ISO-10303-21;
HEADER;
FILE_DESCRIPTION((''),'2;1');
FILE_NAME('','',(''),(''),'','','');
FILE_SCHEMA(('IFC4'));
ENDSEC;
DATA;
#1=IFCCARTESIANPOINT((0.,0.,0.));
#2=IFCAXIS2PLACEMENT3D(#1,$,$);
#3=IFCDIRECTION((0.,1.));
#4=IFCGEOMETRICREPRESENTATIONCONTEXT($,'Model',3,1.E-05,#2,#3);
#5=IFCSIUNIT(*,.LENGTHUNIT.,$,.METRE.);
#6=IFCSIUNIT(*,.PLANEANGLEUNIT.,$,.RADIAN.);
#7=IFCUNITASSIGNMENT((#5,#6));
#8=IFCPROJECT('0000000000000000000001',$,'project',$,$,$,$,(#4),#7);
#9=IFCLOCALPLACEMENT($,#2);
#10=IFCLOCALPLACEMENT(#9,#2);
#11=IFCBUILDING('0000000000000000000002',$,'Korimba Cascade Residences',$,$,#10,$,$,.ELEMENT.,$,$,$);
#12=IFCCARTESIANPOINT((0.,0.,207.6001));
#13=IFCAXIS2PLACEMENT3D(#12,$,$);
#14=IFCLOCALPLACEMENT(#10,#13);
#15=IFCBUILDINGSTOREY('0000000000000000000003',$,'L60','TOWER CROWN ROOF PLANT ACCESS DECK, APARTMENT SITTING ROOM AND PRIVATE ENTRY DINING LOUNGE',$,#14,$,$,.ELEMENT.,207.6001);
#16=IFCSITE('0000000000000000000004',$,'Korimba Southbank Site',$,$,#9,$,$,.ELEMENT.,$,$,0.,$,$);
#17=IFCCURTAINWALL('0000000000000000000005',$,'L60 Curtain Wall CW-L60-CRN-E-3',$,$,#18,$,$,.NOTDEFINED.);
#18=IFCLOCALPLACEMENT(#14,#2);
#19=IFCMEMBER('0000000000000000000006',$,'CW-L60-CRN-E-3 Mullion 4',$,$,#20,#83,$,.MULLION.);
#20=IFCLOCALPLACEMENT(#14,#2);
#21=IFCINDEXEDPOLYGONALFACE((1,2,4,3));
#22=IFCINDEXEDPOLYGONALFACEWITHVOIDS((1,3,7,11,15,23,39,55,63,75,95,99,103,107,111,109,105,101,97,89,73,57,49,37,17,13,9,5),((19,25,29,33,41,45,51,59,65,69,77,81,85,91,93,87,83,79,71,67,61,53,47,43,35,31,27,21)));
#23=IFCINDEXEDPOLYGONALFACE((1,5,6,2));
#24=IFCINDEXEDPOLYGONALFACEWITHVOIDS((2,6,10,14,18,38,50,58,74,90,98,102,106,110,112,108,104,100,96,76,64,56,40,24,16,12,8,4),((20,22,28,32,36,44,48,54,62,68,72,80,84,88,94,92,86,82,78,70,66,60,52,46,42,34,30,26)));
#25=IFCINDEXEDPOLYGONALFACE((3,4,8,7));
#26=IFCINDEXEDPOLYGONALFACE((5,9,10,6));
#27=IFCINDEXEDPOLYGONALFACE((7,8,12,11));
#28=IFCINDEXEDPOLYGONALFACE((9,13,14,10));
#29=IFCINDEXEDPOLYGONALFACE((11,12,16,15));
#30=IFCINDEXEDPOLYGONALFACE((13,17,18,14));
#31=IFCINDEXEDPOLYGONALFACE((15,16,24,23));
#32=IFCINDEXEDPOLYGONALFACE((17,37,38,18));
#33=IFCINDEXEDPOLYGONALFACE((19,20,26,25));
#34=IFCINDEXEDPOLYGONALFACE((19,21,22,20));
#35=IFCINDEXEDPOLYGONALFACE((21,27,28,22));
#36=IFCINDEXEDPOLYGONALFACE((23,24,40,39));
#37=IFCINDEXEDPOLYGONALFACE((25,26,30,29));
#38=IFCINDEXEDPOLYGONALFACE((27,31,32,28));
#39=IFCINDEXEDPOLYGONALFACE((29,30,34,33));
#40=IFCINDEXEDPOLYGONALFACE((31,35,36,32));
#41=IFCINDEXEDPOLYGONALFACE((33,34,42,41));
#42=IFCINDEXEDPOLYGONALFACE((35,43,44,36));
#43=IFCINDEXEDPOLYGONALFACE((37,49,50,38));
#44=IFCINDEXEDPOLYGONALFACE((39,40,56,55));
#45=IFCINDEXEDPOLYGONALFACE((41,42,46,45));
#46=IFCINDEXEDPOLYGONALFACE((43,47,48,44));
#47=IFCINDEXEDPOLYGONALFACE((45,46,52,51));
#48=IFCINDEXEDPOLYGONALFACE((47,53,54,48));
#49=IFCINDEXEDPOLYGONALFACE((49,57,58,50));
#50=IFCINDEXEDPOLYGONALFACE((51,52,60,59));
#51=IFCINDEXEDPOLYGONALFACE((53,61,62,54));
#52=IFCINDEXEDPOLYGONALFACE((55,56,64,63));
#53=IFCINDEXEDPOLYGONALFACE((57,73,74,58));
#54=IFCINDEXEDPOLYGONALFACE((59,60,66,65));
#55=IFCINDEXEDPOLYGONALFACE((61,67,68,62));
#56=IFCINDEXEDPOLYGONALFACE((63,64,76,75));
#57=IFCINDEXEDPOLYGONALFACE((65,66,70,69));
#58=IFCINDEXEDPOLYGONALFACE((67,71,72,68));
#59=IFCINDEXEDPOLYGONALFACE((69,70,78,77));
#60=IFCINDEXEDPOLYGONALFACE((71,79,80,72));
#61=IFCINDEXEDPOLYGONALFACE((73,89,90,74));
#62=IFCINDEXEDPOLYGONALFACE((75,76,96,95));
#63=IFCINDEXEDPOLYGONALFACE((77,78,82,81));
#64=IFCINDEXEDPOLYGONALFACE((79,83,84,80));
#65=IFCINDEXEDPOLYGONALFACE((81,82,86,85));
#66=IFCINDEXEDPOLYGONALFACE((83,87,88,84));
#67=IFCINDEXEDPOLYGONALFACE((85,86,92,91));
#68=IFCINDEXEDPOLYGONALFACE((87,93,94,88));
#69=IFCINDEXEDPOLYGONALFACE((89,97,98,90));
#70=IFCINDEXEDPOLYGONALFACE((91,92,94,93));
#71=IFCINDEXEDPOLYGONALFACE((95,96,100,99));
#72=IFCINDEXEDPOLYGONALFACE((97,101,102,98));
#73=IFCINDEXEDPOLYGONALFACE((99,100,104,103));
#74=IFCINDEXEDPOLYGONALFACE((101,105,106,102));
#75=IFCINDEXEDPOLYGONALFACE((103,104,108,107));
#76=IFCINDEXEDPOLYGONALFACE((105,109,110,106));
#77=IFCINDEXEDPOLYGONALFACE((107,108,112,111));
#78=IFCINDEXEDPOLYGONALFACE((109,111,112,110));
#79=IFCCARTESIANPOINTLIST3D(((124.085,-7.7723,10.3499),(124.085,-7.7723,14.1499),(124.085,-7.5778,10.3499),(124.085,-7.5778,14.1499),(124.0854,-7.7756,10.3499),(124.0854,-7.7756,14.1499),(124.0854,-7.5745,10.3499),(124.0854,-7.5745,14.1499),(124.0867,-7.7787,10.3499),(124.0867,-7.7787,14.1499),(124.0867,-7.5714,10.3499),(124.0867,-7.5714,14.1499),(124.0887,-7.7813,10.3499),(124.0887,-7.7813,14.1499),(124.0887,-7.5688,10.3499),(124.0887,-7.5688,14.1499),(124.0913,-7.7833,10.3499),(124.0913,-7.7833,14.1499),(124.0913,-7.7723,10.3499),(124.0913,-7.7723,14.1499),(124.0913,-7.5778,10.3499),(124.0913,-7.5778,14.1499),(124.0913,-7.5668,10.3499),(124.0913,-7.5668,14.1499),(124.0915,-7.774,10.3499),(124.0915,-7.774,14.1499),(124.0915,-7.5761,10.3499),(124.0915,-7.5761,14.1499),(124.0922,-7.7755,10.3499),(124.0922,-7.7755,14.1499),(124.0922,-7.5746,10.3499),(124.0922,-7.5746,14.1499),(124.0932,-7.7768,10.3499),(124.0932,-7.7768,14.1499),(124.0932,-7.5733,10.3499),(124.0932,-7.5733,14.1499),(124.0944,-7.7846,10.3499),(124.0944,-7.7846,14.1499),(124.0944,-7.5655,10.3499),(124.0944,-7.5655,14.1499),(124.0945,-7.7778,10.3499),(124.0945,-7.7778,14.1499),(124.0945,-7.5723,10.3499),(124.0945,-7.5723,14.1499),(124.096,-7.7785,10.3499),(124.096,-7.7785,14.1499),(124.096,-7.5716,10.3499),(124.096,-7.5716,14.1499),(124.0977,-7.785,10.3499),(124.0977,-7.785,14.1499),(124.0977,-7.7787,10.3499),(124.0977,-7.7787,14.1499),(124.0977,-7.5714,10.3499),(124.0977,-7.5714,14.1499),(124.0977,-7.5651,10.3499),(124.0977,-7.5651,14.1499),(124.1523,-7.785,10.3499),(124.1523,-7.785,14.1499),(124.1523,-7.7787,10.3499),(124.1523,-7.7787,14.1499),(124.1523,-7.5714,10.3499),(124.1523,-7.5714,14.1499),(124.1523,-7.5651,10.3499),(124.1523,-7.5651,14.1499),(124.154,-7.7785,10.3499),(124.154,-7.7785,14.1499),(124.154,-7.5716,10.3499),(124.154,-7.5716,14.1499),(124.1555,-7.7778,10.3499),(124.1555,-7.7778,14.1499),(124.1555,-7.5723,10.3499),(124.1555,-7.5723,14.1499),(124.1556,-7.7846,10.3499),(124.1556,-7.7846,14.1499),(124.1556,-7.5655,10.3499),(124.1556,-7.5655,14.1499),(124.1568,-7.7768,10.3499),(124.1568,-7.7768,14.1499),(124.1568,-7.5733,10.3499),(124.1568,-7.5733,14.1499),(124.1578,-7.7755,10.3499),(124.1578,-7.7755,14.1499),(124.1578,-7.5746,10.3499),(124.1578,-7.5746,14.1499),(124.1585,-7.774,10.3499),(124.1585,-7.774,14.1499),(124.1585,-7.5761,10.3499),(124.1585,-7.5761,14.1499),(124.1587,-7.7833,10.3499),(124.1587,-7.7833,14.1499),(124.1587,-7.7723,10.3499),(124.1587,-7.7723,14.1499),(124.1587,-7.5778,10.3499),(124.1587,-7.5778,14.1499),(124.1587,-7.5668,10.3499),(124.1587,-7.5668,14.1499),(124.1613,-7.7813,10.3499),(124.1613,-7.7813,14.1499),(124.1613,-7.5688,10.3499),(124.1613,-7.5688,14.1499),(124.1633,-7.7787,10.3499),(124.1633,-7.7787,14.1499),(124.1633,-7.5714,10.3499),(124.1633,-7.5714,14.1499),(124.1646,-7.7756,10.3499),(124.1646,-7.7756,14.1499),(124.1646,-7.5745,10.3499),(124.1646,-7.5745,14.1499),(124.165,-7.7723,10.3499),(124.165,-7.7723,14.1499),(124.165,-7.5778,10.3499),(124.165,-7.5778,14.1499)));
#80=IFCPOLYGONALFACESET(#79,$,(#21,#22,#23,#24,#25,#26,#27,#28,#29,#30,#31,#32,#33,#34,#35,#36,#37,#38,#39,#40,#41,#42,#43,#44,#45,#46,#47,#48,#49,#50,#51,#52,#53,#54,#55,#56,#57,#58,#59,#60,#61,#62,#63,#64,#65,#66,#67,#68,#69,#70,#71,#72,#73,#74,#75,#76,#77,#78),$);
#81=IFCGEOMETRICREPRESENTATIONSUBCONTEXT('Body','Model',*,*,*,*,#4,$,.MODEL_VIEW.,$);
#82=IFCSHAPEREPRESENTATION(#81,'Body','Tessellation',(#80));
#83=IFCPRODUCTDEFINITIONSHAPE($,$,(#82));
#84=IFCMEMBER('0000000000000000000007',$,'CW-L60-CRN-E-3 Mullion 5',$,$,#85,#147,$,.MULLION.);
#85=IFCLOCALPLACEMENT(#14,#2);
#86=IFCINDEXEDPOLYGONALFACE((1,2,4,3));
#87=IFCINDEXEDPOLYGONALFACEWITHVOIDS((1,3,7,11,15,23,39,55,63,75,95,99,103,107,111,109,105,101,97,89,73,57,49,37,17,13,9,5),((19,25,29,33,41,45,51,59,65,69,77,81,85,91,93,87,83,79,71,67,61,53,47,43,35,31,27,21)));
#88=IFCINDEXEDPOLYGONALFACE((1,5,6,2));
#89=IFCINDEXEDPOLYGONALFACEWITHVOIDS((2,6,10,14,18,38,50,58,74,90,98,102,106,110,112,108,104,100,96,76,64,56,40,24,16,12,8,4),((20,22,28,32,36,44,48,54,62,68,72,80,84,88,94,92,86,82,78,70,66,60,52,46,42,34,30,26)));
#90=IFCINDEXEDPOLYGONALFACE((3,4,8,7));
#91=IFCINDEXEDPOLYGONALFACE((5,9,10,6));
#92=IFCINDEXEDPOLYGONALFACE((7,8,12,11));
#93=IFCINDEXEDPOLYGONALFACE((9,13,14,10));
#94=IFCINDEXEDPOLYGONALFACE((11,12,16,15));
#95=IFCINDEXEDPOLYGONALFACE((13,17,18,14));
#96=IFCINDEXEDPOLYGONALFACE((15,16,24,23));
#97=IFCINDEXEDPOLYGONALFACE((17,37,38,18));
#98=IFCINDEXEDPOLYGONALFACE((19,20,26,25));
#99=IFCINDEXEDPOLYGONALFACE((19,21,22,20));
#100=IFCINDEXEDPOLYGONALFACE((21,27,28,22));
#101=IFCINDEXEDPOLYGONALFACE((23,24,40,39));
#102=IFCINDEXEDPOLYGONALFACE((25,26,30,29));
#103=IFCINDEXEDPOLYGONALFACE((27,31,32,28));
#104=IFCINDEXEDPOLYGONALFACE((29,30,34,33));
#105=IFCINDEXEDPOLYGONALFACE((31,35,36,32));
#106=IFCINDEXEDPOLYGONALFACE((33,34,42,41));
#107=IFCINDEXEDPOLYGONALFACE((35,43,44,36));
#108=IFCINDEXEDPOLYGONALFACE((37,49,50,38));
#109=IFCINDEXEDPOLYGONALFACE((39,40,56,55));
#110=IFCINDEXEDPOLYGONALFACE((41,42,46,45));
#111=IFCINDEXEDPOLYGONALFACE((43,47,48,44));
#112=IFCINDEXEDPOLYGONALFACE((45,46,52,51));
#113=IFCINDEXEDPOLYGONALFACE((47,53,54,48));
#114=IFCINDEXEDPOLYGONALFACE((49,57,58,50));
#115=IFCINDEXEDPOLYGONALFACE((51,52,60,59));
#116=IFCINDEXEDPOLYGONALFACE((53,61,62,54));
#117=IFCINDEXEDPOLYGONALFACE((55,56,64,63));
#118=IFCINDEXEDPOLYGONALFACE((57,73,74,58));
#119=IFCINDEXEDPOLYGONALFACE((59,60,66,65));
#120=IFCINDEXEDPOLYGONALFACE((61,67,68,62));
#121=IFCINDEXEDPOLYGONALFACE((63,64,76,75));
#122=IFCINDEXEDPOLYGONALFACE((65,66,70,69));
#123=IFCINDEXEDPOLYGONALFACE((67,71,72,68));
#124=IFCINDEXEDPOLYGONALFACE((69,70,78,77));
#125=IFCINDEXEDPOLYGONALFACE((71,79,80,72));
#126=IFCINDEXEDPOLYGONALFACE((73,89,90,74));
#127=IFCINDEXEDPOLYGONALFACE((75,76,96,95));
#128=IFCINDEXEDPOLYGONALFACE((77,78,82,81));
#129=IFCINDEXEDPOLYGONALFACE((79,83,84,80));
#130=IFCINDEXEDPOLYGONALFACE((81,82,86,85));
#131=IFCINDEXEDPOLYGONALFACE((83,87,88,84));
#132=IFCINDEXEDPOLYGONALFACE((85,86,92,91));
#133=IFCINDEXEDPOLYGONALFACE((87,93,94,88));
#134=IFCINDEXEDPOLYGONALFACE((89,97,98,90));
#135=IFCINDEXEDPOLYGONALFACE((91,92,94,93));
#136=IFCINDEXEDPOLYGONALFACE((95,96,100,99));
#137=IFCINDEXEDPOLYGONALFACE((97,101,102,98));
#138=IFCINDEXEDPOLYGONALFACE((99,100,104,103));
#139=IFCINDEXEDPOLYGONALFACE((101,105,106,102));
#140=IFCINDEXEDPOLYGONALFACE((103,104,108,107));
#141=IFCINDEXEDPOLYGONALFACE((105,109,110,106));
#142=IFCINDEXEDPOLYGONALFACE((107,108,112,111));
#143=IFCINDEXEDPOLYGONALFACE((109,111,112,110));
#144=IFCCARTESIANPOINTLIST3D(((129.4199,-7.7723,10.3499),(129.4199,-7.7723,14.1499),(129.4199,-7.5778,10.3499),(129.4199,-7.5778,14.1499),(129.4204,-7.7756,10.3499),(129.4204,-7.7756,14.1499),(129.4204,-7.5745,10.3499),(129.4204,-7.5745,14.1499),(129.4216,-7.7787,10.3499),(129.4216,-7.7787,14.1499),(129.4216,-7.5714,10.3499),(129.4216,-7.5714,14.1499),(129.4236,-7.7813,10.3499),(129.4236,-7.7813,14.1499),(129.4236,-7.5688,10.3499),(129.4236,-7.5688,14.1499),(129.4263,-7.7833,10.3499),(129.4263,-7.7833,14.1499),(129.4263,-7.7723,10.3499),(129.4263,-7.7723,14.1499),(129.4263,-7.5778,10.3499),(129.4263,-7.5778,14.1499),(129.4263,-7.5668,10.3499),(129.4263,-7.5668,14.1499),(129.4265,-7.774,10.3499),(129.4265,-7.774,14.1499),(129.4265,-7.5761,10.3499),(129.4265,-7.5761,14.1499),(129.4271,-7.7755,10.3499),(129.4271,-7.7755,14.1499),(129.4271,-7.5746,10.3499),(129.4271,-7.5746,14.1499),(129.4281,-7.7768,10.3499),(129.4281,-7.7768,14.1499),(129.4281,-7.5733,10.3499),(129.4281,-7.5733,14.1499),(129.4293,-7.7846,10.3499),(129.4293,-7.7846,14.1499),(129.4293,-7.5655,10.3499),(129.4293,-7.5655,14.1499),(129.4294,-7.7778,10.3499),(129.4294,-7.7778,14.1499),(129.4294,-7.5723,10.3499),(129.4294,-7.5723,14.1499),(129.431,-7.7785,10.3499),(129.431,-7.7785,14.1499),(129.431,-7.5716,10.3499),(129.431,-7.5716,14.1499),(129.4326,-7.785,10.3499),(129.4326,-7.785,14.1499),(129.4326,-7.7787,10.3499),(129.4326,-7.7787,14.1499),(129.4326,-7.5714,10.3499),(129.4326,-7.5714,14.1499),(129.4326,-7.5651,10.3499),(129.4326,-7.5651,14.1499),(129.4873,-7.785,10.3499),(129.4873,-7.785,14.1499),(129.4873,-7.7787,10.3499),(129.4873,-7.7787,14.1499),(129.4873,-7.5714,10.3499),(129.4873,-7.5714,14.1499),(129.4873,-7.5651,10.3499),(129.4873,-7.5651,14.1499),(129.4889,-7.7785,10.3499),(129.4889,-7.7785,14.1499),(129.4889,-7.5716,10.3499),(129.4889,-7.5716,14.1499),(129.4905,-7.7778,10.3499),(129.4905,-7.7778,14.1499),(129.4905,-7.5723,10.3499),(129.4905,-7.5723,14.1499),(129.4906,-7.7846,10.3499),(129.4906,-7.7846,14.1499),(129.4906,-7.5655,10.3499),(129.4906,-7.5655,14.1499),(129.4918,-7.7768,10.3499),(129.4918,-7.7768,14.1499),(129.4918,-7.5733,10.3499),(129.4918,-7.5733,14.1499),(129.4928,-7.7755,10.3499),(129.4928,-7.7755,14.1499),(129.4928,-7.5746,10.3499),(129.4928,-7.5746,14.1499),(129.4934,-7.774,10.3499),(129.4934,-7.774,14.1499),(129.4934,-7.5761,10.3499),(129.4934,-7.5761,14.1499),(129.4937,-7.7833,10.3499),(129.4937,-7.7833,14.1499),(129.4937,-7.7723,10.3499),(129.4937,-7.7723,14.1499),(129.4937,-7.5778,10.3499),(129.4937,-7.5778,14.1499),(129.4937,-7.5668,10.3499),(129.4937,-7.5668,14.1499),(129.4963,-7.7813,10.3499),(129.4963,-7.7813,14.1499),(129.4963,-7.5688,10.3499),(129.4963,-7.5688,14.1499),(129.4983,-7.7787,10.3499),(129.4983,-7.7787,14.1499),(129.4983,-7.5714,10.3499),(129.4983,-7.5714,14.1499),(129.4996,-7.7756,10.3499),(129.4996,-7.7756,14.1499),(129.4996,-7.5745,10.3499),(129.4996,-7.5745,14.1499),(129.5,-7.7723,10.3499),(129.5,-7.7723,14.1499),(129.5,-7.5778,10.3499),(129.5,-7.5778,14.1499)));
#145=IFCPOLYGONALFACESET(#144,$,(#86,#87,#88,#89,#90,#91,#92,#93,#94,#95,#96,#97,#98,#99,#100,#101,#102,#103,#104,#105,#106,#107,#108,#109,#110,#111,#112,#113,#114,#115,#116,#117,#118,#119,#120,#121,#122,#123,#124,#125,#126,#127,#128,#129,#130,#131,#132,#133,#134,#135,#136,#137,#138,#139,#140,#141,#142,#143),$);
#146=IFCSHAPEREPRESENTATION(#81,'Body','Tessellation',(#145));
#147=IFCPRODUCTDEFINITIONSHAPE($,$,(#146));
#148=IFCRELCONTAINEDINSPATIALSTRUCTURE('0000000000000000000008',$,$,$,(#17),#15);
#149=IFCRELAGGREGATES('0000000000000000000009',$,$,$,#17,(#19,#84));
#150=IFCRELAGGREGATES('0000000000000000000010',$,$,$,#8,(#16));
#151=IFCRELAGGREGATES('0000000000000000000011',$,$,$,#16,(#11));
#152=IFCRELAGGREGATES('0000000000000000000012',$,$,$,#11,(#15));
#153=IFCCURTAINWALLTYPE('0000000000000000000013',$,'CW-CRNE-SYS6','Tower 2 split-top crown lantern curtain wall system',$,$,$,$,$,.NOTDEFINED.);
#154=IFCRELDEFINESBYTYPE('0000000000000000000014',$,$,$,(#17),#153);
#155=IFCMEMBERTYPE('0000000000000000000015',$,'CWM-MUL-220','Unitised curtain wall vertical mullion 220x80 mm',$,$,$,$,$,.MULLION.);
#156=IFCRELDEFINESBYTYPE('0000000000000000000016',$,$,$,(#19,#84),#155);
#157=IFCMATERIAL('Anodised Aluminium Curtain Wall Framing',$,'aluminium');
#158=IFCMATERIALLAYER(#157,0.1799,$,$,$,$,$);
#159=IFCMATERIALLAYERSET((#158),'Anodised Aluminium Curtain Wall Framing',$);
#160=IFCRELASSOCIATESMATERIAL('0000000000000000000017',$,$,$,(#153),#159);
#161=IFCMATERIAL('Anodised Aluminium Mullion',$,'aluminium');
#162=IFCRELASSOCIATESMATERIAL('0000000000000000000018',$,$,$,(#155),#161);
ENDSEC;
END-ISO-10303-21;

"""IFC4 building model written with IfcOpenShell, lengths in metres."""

from ifc_helpers import new_model, si_unit, direction, frame, origin, origin_2d, place, context, subcontext, project, spatial, hollow_rectangle, extrude, material, layer, layer_set, material_profile, profile_set, type_object, element, aggregate, save


model = new_model("IFC4")

# Units and contexts
model_context = context("Model", 3, precision=1e-05, world=origin(), true_north=direction((0.0, 1.0)))
body_context = subcontext(model_context, "Body", "Model", "MODEL_VIEW")
ifc_project = project(units=[si_unit("LENGTHUNIT", "METRE"), si_unit("PLANEANGLEUNIT", "RADIAN")], contexts=[model_context])

# Site, building, storey
site_placement = place(None, origin())
site = spatial("IfcSite", under=ifc_project, at=site_placement, Name="Korimba Southbank Site", CompositionType="ELEMENT", RefElevation=0.0)
building_placement = place(site_placement, origin())
building = spatial("IfcBuilding", under=site, at=building_placement, Name="Korimba Cascade Residences", CompositionType="ELEMENT")
storey_placement = place(building_placement, frame((0.0, 0.0, 207.6001)))
storey = spatial("IfcBuildingStorey", under=building, at=storey_placement, Name="L60", Description="TOWER CROWN ROOF PLANT ACCESS DECK, APARTMENT SITTING ROOM AND PRIVATE ENTRY DINING LOUNGE", CompositionType="ELEMENT", Elevation=207.6001)

# Curtain wall, members
ifc_material_1 = material(Name="Anodised Aluminium Curtain Wall Framing", Category="aluminium")
ifc_layer_1 = layer(ifc_material_1, 0.1799)
ifc_layer_set_1 = layer_set([ifc_layer_1], Name="Anodised Aluminium Curtain Wall Framing")
curtain_wall_type = type_object("IfcCurtainWallType", Name="CW-CRNE-SYS6", Description="Tower 2 split-top crown lantern curtain wall system", PredefinedType="NOTDEFINED", material=ifc_layer_set_1)
ifc_material_2 = material(Name="Anodised Aluminium Mullion", Category="aluminium")
ifc_material_profile_1 = material_profile(ifc_material_2, hollow_rectangle(XDim=0.0801, YDim=0.22, WallThickness=0.0063, InnerFilletRadius=0.0063, OuterFilletRadius=0.0127, at=origin_2d()), Name="Anodised Aluminium Mullion")
ifc_profile_set_1 = profile_set([ifc_material_profile_1], Name="Anodised Aluminium Mullion")
member_type_1 = type_object("IfcMemberType", Name="CWM-MUL-220", Description="Unitised curtain wall vertical mullion 220x80 mm", PredefinedType="MULLION", material=ifc_profile_set_1)
curtain_wall_1_placement = place(storey_placement, origin())
curtain_wall_1 = element("IfcCurtainWall", 1, at=curtain_wall_1_placement, inside=storey, type_object=curtain_wall_type, Name="L60 Curtain Wall CW-L60-CRN-E-3", PredefinedType="NOTDEFINED")
member_1_placement = place(storey_placement, frame((124.125, -7.675, 10.3499), z_axis=(0.0, 0.0, 1.0), x_axis=(1.0, 0.0, 0.0)))
member_1 = element("IfcMember", 2, at=member_1_placement, type_object=member_type_1, Name="CW-L60-CRN-E-3 Mullion 4", PredefinedType="MULLION", context=body_context, shape_type="SweptSolid", body=[
    extrude(hollow_rectangle(XDim=0.0801, YDim=0.22, WallThickness=0.0063, InnerFilletRadius=0.0063, OuterFilletRadius=0.0127, at=origin_2d()), origin(), (0.0, 0.0, 1.0), 3.8),
])
member_2_placement = place(storey_placement, frame((129.46, -7.675, 10.3499), z_axis=(0.0, 0.0, 1.0), x_axis=(1.0, 0.0, 0.0)))
member_2 = element("IfcMember", 3, at=member_2_placement, type_object=member_type_1, Name="CW-L60-CRN-E-3 Mullion 5", PredefinedType="MULLION", context=body_context, shape_type="SweptSolid", body=[
    extrude(hollow_rectangle(XDim=0.0801, YDim=0.22, WallThickness=0.0063, InnerFilletRadius=0.0063, OuterFilletRadius=0.0127, at=origin_2d()), origin(), (0.0, 0.0, 1.0), 3.8),
])

aggregate(curtain_wall_1, [member_1, member_2])

save(model, "model.ifc")
